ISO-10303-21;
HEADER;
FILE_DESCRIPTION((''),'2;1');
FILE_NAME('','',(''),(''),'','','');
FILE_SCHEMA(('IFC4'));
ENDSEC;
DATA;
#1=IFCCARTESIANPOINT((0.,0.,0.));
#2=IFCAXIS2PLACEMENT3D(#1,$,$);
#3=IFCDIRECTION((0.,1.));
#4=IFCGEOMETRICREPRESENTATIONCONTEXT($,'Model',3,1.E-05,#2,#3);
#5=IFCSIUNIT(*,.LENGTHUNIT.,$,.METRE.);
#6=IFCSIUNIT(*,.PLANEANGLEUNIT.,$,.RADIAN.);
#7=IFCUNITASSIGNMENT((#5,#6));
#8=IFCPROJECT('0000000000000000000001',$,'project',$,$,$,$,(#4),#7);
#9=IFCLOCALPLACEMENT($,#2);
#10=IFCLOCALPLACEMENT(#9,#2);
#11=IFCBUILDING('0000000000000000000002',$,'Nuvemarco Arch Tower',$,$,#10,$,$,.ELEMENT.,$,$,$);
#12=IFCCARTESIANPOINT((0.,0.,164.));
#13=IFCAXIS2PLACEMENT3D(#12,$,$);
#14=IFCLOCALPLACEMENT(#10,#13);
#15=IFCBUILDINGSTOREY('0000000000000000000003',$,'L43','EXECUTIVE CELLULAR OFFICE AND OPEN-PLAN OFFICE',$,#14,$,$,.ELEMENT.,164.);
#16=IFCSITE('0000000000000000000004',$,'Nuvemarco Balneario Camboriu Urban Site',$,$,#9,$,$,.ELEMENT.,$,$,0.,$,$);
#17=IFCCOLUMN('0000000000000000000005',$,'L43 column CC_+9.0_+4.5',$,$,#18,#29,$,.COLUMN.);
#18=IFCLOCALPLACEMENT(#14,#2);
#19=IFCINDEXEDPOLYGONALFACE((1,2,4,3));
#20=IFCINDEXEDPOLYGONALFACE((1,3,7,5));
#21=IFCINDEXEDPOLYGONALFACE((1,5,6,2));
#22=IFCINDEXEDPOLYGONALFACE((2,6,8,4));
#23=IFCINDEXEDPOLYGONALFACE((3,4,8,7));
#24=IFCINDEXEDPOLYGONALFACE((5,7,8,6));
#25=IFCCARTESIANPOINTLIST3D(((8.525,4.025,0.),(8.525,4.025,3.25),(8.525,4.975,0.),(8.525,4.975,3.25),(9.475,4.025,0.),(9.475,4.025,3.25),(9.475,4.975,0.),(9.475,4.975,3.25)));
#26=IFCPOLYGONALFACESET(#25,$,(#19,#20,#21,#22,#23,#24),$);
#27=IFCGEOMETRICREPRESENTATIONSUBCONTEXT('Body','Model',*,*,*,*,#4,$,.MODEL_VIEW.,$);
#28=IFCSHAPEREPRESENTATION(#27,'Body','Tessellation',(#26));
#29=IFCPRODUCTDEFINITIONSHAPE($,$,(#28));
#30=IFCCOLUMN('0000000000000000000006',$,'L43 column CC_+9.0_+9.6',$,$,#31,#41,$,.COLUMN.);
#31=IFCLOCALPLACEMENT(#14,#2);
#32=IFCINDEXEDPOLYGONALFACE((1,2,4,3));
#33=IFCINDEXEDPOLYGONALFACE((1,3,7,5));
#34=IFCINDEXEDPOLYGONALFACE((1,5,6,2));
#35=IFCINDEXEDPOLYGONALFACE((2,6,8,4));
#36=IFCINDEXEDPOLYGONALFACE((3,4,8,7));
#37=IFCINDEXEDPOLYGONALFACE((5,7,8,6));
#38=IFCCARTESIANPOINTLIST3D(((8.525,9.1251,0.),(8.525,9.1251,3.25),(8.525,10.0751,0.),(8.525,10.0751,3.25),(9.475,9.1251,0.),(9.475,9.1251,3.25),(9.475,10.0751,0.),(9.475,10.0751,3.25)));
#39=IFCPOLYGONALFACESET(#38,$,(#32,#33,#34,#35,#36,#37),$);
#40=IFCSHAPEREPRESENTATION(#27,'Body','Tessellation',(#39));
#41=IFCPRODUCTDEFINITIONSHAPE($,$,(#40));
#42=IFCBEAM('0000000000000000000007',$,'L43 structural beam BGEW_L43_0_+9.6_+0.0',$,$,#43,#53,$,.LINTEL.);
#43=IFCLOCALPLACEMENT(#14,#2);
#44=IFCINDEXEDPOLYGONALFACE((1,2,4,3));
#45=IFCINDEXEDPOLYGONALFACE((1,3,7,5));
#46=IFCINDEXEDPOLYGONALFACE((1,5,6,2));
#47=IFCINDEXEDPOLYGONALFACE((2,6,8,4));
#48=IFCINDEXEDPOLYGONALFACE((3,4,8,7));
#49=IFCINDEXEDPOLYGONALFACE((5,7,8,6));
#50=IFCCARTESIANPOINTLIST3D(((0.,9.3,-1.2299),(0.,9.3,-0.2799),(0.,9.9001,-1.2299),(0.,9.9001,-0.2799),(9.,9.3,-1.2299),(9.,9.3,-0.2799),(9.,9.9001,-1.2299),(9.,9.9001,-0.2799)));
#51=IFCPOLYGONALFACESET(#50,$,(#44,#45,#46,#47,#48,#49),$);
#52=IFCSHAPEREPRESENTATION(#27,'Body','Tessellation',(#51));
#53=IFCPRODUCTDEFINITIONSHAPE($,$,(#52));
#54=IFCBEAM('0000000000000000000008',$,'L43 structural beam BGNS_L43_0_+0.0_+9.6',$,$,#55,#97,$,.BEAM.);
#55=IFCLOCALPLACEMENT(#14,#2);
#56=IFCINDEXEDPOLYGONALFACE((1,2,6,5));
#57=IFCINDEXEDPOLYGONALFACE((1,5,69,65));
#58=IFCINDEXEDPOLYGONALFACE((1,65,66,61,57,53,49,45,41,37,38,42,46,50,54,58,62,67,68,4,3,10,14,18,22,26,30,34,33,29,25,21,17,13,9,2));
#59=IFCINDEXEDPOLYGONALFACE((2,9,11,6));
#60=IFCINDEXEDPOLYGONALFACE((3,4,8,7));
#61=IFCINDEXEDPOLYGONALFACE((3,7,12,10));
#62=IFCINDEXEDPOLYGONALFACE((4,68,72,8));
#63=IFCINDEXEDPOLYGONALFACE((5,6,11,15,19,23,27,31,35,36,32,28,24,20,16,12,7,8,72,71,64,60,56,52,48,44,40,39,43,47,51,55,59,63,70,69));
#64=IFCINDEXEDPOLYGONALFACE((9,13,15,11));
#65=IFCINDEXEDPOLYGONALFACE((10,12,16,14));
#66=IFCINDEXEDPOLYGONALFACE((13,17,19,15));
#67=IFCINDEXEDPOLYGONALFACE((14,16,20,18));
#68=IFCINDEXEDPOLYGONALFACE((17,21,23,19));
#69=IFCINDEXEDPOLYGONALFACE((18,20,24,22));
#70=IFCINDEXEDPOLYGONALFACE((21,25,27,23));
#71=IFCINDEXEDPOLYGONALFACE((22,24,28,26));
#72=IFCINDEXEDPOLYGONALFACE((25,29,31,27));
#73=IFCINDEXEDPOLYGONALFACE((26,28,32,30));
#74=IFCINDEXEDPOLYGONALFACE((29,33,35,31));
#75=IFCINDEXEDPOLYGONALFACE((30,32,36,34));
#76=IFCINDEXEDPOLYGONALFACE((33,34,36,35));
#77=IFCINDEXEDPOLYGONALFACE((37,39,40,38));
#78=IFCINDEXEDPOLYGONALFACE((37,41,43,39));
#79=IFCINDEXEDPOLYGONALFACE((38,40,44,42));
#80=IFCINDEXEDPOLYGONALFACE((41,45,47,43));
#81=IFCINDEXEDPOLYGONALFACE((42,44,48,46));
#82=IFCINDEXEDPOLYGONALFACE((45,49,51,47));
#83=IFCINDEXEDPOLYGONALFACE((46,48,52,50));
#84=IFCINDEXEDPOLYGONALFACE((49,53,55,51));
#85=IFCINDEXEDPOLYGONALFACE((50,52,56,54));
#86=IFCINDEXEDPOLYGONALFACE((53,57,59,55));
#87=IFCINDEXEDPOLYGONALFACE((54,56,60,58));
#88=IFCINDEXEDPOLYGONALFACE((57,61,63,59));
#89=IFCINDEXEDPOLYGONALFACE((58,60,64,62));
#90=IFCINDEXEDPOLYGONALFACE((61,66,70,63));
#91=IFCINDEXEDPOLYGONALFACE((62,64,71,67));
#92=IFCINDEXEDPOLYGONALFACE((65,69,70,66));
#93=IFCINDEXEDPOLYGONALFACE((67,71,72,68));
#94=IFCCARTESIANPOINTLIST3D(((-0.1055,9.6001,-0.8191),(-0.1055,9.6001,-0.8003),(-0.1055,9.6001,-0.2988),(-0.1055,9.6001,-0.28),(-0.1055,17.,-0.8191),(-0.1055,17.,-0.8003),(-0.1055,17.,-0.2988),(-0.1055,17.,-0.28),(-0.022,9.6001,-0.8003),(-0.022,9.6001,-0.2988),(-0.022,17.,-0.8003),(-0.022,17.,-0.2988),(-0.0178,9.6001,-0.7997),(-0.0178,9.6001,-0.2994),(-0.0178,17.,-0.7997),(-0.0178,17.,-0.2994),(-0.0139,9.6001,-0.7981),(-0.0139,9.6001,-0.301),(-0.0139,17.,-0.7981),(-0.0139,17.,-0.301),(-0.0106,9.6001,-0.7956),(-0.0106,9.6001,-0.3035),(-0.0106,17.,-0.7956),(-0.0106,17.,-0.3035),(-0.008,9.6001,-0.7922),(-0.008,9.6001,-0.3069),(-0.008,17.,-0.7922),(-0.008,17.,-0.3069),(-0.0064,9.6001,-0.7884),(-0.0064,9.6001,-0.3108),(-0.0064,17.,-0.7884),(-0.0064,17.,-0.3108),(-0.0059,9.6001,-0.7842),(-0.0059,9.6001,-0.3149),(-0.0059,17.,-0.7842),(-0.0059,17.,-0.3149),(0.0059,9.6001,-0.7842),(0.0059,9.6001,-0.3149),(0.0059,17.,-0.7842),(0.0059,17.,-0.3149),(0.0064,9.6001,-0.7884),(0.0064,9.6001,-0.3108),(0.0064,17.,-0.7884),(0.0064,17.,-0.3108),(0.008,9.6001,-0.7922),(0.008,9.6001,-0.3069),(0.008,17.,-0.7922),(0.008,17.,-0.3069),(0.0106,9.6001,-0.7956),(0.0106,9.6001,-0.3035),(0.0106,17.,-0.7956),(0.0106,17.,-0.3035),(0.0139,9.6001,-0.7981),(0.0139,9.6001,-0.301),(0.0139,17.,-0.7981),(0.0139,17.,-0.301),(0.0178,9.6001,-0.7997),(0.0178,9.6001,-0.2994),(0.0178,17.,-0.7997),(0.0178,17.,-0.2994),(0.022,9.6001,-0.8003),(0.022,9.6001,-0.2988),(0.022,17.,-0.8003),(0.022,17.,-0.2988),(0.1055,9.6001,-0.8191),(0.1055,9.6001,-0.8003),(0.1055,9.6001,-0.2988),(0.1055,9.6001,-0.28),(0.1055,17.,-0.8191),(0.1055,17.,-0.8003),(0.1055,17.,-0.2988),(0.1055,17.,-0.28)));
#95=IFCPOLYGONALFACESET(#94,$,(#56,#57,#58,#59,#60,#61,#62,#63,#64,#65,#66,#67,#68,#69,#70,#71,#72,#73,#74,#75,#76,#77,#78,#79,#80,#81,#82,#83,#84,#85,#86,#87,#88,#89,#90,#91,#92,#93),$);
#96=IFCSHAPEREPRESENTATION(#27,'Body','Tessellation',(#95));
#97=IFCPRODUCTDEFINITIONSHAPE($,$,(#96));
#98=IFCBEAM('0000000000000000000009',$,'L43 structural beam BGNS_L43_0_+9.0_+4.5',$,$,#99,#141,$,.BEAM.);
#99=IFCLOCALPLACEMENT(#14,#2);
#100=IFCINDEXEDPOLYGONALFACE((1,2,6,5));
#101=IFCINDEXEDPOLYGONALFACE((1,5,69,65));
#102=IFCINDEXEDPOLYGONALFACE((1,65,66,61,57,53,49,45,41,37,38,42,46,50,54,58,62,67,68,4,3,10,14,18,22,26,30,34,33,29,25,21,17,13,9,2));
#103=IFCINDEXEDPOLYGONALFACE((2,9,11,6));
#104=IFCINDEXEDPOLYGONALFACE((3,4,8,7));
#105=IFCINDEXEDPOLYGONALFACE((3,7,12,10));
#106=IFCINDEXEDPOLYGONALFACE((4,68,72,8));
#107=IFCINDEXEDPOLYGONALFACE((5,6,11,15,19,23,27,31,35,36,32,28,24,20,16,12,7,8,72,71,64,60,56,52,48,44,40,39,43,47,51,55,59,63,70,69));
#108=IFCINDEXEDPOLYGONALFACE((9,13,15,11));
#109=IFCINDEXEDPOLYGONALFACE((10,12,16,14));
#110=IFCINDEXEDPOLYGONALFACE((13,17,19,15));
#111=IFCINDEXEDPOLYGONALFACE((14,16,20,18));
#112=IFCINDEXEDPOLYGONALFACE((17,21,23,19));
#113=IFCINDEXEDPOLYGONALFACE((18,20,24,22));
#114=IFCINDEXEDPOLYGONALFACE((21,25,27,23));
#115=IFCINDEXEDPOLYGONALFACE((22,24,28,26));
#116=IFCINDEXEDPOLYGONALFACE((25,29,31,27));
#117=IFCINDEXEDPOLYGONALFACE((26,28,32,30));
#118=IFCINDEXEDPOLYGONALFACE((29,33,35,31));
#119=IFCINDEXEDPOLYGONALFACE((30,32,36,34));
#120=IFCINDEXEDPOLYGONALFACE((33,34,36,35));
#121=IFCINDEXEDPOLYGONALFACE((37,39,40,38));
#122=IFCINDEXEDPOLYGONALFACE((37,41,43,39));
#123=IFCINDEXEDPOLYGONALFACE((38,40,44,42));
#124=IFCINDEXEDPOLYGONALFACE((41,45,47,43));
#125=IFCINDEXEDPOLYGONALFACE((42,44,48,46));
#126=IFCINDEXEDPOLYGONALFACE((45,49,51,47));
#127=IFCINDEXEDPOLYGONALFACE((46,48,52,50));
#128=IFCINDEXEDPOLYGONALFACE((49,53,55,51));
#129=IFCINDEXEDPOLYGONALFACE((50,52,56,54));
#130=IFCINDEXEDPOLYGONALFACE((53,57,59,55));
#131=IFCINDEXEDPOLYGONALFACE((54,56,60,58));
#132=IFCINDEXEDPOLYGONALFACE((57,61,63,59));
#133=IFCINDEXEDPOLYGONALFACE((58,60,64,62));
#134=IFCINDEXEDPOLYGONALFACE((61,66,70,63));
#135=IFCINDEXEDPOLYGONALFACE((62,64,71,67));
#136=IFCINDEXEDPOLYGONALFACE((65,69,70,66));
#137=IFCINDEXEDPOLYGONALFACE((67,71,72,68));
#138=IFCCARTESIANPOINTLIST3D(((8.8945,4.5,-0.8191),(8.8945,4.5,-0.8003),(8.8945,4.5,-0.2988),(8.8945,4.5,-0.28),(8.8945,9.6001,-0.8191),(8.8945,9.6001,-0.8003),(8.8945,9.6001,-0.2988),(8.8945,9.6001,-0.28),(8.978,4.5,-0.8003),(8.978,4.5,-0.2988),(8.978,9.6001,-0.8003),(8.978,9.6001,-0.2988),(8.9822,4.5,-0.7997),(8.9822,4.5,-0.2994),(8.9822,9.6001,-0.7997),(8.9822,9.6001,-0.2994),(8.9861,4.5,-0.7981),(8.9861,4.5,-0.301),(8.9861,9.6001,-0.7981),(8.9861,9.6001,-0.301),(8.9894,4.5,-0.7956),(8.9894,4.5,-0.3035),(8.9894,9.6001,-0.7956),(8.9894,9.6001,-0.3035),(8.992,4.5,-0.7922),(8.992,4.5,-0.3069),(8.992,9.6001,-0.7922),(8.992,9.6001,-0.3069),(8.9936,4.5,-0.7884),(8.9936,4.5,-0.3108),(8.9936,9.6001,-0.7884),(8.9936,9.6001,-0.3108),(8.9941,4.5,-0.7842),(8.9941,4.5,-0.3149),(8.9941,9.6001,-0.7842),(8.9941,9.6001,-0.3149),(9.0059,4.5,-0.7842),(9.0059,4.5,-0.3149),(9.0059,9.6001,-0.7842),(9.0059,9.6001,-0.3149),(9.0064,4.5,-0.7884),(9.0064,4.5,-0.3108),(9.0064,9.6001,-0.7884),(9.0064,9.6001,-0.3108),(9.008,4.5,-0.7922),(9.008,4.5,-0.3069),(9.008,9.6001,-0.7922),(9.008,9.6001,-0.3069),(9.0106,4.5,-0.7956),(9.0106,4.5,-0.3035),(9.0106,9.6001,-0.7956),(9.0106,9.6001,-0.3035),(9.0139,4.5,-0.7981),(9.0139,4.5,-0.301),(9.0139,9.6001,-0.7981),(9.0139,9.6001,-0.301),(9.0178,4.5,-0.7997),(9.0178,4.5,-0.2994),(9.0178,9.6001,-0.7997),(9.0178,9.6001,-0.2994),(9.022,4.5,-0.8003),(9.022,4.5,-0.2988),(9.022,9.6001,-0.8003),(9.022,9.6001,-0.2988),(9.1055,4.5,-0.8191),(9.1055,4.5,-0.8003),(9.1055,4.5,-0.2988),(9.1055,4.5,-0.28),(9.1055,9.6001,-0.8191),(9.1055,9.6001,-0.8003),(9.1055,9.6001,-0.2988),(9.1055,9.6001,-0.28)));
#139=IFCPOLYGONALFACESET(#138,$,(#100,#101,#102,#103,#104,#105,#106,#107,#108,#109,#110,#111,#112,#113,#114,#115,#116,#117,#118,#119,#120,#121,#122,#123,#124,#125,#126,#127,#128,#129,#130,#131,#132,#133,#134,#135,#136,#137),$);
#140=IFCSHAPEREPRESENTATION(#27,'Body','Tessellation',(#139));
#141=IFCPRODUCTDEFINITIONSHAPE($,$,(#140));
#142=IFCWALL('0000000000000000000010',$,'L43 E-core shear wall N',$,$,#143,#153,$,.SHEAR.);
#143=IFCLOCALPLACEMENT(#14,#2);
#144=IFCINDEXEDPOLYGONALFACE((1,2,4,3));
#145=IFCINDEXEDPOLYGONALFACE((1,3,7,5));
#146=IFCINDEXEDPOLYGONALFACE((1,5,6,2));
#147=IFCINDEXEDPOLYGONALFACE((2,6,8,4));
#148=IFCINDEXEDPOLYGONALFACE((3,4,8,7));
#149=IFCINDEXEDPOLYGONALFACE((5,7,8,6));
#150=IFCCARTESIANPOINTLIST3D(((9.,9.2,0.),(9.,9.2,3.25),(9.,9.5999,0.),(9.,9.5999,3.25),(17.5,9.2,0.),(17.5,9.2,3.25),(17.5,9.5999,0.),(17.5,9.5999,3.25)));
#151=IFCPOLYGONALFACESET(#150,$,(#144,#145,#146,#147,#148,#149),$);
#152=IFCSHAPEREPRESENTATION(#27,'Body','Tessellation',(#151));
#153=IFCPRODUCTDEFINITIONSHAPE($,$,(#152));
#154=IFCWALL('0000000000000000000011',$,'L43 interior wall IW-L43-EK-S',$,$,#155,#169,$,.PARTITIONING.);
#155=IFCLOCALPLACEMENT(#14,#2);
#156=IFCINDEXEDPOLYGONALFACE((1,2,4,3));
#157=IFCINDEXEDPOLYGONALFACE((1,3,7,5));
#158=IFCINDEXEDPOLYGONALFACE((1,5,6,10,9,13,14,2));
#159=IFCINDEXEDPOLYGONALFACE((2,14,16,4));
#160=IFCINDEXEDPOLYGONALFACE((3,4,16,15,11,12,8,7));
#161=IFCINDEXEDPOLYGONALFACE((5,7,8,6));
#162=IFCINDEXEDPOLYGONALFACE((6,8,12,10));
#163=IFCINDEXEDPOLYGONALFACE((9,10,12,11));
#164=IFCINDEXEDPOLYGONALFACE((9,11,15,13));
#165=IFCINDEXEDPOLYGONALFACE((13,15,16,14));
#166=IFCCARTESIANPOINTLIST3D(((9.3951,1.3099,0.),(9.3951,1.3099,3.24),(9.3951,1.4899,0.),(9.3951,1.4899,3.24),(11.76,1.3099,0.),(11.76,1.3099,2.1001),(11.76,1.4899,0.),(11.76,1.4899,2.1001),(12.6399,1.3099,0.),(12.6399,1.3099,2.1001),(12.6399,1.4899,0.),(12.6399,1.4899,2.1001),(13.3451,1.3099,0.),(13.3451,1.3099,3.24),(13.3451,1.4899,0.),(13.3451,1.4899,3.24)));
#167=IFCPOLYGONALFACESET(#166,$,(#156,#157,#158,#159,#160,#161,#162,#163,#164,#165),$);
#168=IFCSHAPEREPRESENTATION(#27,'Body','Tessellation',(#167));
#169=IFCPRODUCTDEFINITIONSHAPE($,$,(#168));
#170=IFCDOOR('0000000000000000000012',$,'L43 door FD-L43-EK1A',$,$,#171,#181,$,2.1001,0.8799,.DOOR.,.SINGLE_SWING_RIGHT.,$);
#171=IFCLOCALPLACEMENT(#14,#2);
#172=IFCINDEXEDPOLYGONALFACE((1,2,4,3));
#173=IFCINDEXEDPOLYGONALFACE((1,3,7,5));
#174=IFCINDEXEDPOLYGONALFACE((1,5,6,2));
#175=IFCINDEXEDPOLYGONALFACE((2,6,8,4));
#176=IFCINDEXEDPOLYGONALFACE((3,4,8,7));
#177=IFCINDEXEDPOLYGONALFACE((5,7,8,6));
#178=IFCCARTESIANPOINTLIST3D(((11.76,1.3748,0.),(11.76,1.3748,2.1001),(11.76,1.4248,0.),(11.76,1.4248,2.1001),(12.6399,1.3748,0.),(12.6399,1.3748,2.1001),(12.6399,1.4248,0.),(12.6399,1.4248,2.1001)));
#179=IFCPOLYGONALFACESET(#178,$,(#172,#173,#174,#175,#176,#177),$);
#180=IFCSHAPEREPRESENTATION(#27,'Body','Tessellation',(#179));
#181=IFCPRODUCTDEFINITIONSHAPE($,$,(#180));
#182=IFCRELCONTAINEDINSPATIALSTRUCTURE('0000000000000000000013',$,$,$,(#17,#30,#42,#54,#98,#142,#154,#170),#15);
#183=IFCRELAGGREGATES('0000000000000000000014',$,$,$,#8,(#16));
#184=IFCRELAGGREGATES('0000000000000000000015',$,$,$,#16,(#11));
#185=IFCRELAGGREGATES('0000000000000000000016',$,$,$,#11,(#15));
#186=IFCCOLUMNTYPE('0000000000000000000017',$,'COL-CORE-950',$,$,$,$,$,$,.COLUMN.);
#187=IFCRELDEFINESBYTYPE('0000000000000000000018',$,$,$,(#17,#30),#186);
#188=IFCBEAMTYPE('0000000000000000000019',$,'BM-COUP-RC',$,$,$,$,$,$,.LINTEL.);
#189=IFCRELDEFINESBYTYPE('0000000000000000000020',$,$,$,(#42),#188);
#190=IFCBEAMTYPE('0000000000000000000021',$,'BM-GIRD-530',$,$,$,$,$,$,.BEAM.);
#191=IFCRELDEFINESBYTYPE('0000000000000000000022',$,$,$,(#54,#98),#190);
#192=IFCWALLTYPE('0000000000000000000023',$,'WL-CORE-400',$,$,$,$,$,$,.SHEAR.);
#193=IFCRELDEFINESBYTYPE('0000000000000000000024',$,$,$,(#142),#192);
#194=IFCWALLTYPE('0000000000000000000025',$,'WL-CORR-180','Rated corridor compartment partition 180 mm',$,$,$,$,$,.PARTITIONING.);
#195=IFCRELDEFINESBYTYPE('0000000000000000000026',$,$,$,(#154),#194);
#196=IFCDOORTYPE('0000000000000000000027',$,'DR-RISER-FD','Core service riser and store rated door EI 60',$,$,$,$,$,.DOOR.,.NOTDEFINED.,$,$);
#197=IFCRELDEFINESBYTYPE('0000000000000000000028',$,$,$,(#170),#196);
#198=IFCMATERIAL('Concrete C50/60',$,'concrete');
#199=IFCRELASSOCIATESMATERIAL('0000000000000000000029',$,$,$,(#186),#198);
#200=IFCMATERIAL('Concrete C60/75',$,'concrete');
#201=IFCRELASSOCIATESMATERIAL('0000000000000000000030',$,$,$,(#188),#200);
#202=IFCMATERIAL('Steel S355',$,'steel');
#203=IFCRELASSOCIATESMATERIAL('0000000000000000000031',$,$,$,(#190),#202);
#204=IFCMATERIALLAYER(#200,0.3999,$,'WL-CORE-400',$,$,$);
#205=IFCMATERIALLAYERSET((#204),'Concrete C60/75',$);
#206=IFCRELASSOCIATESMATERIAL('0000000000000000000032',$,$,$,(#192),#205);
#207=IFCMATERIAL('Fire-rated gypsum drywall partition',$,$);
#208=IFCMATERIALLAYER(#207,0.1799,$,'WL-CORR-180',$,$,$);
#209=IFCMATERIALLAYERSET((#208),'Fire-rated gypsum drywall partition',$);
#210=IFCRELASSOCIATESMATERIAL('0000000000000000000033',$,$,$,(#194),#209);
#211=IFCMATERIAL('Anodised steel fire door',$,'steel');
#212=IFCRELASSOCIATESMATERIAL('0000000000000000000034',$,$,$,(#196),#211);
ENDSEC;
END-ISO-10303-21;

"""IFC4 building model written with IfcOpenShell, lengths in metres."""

from ifc_helpers import new_model, si_unit, direction, frame, frame_2d, origin, origin_2d, place, context, subcontext, project, spatial, rectangle, i_section, extrude, source, transform, mapped, material, layer, layer_set, material_profile, profile_set, type_object, type_shapes, element, fill, save


model = new_model("IFC4")

# Units and contexts
model_context = context("Model", 3, precision=1e-05, world=origin(), true_north=direction((0.0, 1.0)))
body_context = subcontext(model_context, "Body", "Model", "MODEL_VIEW")
ifc_project = project(units=[si_unit("LENGTHUNIT", "METRE"), si_unit("PLANEANGLEUNIT", "RADIAN")], contexts=[model_context])

# Site, building, storey
site_placement = place(None, origin())
site = spatial("IfcSite", under=ifc_project, at=site_placement, Name="Nuvemarco Balneario Camboriu Urban Site", CompositionType="ELEMENT", RefElevation=0.0)
building_placement = place(site_placement, origin())
building = spatial("IfcBuilding", under=site, at=building_placement, Name="Nuvemarco Arch Tower", CompositionType="ELEMENT")
storey_placement = place(building_placement, frame((0.0, 0.0, 164.0)))
storey = spatial("IfcBuildingStorey", under=building, at=storey_placement, Name="L43", Description="EXECUTIVE CELLULAR OFFICE AND OPEN-PLAN OFFICE", CompositionType="ELEMENT", Elevation=164.0)

# Columns
ifc_material_1 = material(Name="Concrete C50/60", Category="concrete")
ifc_material_profile_1 = material_profile(ifc_material_1, rectangle(XDim=0.95, YDim=0.95, at=origin_2d()), Name="RC-COL-950x950")
ifc_profile_set_1 = profile_set([ifc_material_profile_1], Name="Concrete C50/60")
column_type = type_object("IfcColumnType", Name="COL-CORE-950", PredefinedType="COLUMN", material=ifc_profile_set_1)
for number, where, z_axis, x_axis, name in (
    (1, (9.0, 4.5, 0.0), (0.0, 0.0, 1.0), (1.0, 0.0, 0.0), "L43 column CC_+9.0_+4.5"),
    (2, (9.0, 9.6001, 0.0), (0.0, 0.0, 1.0), (1.0, 0.0, 0.0), "L43 column CC_+9.0_+9.6"),
):
    element("IfcColumn", number, at=place(storey_placement, frame(where, z_axis=z_axis, x_axis=x_axis)), inside=storey, type_object=column_type, Name=name, PredefinedType="COLUMN", context=body_context, shape_type="SweptSolid", body=[
        extrude(rectangle(XDim=0.95, YDim=0.95, at=origin_2d()), origin(), (0.0, 0.0, 1.0), 3.25),
    ])

# Beams
ifc_material_2 = material(Name="Concrete C60/75", Category="concrete")
ifc_material_profile_2 = material_profile(ifc_material_2, rectangle(XDim=0.6001, YDim=0.95, at=origin_2d()), Name="RC-BM-600x950")
ifc_profile_set_2 = profile_set([ifc_material_profile_2], Name="Concrete C60/75")
beam_type_1 = type_object("IfcBeamType", Name="BM-COUP-RC", PredefinedType="LINTEL", material=ifc_profile_set_2)
beam_1_placement = place(storey_placement, frame((0.0, 9.6001, -0.7549), z_axis=(1.0, 0.0, 0.0), x_axis=(0.0, 1.0, 0.0)))
element("IfcBeam", 3, at=beam_1_placement, inside=storey, type_object=beam_type_1, Name="L43 structural beam BGEW_L43_0_+9.6_+0.0", PredefinedType="LINTEL", context=body_context, shape_type="SweptSolid", body=[
    extrude(rectangle(XDim=0.6001, YDim=0.95, at=origin_2d()), origin(), (0.0, 0.0, 1.0), 9.0),
])
ifc_material_3 = material(Name="Steel S355", Category="steel")
ifc_material_profile_3 = material_profile(ifc_material_3, i_section(OverallWidth=0.2109, OverallDepth=0.5391, WebThickness=0.0117, FlangeThickness=0.0188, FilletRadius=0.0161, at=origin_2d()), Name="W530x109")
ifc_profile_set_3 = profile_set([ifc_material_profile_3], Name="Steel S355")
beam_type_2 = type_object("IfcBeamType", Name="BM-GIRD-530", PredefinedType="BEAM", material=ifc_profile_set_3)
beam_2_placement = place(storey_placement, frame((0.0, 9.6001, -0.5496), z_axis=(0.0, 1.0, 0.0), x_axis=(-1.0, 0.0, 0.0)))
element("IfcBeam", 4, at=beam_2_placement, inside=storey, type_object=beam_type_2, Name="L43 structural beam BGNS_L43_0_+0.0_+9.6", PredefinedType="BEAM", context=body_context, shape_type="SweptSolid", body=[
    extrude(i_section(OverallWidth=0.2109, OverallDepth=0.5391, WebThickness=0.0117, FlangeThickness=0.0188, FilletRadius=0.0161, at=origin_2d()), origin(), (0.0, 0.0, 1.0), 7.3999),
])
beam_3_placement = place(storey_placement, frame((9.0, 4.5, -0.5496), z_axis=(0.0, 1.0, 0.0), x_axis=(-1.0, 0.0, 0.0)))
element("IfcBeam", 5, at=beam_3_placement, inside=storey, type_object=beam_type_2, Name="L43 structural beam BGNS_L43_0_+9.0_+4.5", PredefinedType="BEAM", context=body_context, shape_type="SweptSolid", body=[
    extrude(i_section(OverallWidth=0.2109, OverallDepth=0.5391, WebThickness=0.0117, FlangeThickness=0.0188, FilletRadius=0.0161, at=origin_2d()), origin(), (0.0, 0.0, 1.0), 5.1001),
])

# Wall
ifc_layer_1 = layer(ifc_material_2, 0.3999, Name="WL-CORE-400")
ifc_layer_set_1 = layer_set([ifc_layer_1], Name="Concrete C60/75")
wall_type_1 = type_object("IfcWallType", Name="WL-CORE-400", PredefinedType="SHEAR", material=ifc_layer_set_1)
wall_1_placement = place(storey_placement, frame((9.0, 9.3999, 0.0), z_axis=(0.0, 0.0, 1.0), x_axis=(1.0, 0.0, 0.0)))
element("IfcWall", 6, at=wall_1_placement, inside=storey, type_object=wall_type_1, Name="L43 E-core shear wall N", PredefinedType="SHEAR", context=body_context, shape_type="SweptSolid", body=[
    extrude(rectangle(XDim=8.5, YDim=0.3999, at=frame_2d((4.25, 0.0))), origin(), (0.0, 0.0, 1.0), 3.25),
])

# Wall, opening, door
ifc_material_4 = material(Name="Fire-rated gypsum drywall partition")
ifc_layer_2 = layer(ifc_material_4, 0.1799, Name="WL-CORR-180")
ifc_layer_set_2 = layer_set([ifc_layer_2], Name="Fire-rated gypsum drywall partition")
wall_type_2 = type_object("IfcWallType", Name="WL-CORR-180", Description="Rated corridor compartment partition 180 mm", PredefinedType="PARTITIONING", material=ifc_layer_set_2)
wall_2_placement = place(storey_placement, frame((9.395, 1.3999, 0.0), z_axis=(0.0, 0.0, 1.0), x_axis=(1.0, 0.0, 0.0)))
wall_2 = element("IfcWall", 7, at=wall_2_placement, inside=storey, type_object=wall_type_2, Name="L43 interior wall IW-L43-EK-S", PredefinedType="PARTITIONING", context=body_context, shape_type="SweptSolid", body=[
    extrude(rectangle(XDim=3.95, YDim=0.1799, at=frame_2d((1.9751, 0.0))), origin(), (0.0, 0.0, 1.0), 3.24),
])
opening_1_placement = place(wall_2_placement, frame((2.365, 0.0, 0.0)))
opening_1 = element("IfcOpeningElement", 8, at=opening_1_placement, cuts=wall_2, PredefinedType="OPENING", context=body_context, shape_type="SweptSolid", body=[
    extrude(rectangle(XDim=0.8799, YDim=2.1001, at=frame_2d((0.4399, 1.05))), frame((0.0, 0.0999, 0.0), z_axis=(0.0, -1.0, 0.0), x_axis=(1.0, 0.0, 0.0)), (0.0, 0.0, 1.0), 0.2),
])
ifc_material_5 = material(Name="Anodised steel fire door", Category="steel")
door_type_1 = type_object("IfcDoorType", Name="DR-RISER-FD", Description="Core service riser and store rated door EI 60", OperationType="NOTDEFINED", PredefinedType="DOOR", material=ifc_material_5)
shared_shape_1 = source(origin(), body_context, "Body", "SweptSolid", [
    extrude(rectangle(XDim=0.8799, YDim=2.1001, at=frame_2d((0.4399, 1.05))), frame((0.0, 0.0249, 0.0), z_axis=(0.0, -1.0, 0.0), x_axis=(1.0, 0.0, 0.0)), (0.0, 0.0, 1.0), 0.05),
])
type_shapes(door_type_1, [shared_shape_1])
door_1_placement = place(opening_1_placement, origin())
door_1 = element("IfcDoor", 9, at=door_1_placement, inside=storey, type_object=door_type_1, Name="L43 door FD-L43-EK1A", OperationType="SINGLE_SWING_RIGHT", OverallHeight=2.1001, OverallWidth=0.8799, PredefinedType="DOOR", context=body_context, shape_type="MappedRepresentation", body=[
    mapped(shared_shape_1, transform((0.0, 0.0, 0.0), scale=1.0)),
])
fill(opening_1, door_1)

save(model, "model.ifc")
